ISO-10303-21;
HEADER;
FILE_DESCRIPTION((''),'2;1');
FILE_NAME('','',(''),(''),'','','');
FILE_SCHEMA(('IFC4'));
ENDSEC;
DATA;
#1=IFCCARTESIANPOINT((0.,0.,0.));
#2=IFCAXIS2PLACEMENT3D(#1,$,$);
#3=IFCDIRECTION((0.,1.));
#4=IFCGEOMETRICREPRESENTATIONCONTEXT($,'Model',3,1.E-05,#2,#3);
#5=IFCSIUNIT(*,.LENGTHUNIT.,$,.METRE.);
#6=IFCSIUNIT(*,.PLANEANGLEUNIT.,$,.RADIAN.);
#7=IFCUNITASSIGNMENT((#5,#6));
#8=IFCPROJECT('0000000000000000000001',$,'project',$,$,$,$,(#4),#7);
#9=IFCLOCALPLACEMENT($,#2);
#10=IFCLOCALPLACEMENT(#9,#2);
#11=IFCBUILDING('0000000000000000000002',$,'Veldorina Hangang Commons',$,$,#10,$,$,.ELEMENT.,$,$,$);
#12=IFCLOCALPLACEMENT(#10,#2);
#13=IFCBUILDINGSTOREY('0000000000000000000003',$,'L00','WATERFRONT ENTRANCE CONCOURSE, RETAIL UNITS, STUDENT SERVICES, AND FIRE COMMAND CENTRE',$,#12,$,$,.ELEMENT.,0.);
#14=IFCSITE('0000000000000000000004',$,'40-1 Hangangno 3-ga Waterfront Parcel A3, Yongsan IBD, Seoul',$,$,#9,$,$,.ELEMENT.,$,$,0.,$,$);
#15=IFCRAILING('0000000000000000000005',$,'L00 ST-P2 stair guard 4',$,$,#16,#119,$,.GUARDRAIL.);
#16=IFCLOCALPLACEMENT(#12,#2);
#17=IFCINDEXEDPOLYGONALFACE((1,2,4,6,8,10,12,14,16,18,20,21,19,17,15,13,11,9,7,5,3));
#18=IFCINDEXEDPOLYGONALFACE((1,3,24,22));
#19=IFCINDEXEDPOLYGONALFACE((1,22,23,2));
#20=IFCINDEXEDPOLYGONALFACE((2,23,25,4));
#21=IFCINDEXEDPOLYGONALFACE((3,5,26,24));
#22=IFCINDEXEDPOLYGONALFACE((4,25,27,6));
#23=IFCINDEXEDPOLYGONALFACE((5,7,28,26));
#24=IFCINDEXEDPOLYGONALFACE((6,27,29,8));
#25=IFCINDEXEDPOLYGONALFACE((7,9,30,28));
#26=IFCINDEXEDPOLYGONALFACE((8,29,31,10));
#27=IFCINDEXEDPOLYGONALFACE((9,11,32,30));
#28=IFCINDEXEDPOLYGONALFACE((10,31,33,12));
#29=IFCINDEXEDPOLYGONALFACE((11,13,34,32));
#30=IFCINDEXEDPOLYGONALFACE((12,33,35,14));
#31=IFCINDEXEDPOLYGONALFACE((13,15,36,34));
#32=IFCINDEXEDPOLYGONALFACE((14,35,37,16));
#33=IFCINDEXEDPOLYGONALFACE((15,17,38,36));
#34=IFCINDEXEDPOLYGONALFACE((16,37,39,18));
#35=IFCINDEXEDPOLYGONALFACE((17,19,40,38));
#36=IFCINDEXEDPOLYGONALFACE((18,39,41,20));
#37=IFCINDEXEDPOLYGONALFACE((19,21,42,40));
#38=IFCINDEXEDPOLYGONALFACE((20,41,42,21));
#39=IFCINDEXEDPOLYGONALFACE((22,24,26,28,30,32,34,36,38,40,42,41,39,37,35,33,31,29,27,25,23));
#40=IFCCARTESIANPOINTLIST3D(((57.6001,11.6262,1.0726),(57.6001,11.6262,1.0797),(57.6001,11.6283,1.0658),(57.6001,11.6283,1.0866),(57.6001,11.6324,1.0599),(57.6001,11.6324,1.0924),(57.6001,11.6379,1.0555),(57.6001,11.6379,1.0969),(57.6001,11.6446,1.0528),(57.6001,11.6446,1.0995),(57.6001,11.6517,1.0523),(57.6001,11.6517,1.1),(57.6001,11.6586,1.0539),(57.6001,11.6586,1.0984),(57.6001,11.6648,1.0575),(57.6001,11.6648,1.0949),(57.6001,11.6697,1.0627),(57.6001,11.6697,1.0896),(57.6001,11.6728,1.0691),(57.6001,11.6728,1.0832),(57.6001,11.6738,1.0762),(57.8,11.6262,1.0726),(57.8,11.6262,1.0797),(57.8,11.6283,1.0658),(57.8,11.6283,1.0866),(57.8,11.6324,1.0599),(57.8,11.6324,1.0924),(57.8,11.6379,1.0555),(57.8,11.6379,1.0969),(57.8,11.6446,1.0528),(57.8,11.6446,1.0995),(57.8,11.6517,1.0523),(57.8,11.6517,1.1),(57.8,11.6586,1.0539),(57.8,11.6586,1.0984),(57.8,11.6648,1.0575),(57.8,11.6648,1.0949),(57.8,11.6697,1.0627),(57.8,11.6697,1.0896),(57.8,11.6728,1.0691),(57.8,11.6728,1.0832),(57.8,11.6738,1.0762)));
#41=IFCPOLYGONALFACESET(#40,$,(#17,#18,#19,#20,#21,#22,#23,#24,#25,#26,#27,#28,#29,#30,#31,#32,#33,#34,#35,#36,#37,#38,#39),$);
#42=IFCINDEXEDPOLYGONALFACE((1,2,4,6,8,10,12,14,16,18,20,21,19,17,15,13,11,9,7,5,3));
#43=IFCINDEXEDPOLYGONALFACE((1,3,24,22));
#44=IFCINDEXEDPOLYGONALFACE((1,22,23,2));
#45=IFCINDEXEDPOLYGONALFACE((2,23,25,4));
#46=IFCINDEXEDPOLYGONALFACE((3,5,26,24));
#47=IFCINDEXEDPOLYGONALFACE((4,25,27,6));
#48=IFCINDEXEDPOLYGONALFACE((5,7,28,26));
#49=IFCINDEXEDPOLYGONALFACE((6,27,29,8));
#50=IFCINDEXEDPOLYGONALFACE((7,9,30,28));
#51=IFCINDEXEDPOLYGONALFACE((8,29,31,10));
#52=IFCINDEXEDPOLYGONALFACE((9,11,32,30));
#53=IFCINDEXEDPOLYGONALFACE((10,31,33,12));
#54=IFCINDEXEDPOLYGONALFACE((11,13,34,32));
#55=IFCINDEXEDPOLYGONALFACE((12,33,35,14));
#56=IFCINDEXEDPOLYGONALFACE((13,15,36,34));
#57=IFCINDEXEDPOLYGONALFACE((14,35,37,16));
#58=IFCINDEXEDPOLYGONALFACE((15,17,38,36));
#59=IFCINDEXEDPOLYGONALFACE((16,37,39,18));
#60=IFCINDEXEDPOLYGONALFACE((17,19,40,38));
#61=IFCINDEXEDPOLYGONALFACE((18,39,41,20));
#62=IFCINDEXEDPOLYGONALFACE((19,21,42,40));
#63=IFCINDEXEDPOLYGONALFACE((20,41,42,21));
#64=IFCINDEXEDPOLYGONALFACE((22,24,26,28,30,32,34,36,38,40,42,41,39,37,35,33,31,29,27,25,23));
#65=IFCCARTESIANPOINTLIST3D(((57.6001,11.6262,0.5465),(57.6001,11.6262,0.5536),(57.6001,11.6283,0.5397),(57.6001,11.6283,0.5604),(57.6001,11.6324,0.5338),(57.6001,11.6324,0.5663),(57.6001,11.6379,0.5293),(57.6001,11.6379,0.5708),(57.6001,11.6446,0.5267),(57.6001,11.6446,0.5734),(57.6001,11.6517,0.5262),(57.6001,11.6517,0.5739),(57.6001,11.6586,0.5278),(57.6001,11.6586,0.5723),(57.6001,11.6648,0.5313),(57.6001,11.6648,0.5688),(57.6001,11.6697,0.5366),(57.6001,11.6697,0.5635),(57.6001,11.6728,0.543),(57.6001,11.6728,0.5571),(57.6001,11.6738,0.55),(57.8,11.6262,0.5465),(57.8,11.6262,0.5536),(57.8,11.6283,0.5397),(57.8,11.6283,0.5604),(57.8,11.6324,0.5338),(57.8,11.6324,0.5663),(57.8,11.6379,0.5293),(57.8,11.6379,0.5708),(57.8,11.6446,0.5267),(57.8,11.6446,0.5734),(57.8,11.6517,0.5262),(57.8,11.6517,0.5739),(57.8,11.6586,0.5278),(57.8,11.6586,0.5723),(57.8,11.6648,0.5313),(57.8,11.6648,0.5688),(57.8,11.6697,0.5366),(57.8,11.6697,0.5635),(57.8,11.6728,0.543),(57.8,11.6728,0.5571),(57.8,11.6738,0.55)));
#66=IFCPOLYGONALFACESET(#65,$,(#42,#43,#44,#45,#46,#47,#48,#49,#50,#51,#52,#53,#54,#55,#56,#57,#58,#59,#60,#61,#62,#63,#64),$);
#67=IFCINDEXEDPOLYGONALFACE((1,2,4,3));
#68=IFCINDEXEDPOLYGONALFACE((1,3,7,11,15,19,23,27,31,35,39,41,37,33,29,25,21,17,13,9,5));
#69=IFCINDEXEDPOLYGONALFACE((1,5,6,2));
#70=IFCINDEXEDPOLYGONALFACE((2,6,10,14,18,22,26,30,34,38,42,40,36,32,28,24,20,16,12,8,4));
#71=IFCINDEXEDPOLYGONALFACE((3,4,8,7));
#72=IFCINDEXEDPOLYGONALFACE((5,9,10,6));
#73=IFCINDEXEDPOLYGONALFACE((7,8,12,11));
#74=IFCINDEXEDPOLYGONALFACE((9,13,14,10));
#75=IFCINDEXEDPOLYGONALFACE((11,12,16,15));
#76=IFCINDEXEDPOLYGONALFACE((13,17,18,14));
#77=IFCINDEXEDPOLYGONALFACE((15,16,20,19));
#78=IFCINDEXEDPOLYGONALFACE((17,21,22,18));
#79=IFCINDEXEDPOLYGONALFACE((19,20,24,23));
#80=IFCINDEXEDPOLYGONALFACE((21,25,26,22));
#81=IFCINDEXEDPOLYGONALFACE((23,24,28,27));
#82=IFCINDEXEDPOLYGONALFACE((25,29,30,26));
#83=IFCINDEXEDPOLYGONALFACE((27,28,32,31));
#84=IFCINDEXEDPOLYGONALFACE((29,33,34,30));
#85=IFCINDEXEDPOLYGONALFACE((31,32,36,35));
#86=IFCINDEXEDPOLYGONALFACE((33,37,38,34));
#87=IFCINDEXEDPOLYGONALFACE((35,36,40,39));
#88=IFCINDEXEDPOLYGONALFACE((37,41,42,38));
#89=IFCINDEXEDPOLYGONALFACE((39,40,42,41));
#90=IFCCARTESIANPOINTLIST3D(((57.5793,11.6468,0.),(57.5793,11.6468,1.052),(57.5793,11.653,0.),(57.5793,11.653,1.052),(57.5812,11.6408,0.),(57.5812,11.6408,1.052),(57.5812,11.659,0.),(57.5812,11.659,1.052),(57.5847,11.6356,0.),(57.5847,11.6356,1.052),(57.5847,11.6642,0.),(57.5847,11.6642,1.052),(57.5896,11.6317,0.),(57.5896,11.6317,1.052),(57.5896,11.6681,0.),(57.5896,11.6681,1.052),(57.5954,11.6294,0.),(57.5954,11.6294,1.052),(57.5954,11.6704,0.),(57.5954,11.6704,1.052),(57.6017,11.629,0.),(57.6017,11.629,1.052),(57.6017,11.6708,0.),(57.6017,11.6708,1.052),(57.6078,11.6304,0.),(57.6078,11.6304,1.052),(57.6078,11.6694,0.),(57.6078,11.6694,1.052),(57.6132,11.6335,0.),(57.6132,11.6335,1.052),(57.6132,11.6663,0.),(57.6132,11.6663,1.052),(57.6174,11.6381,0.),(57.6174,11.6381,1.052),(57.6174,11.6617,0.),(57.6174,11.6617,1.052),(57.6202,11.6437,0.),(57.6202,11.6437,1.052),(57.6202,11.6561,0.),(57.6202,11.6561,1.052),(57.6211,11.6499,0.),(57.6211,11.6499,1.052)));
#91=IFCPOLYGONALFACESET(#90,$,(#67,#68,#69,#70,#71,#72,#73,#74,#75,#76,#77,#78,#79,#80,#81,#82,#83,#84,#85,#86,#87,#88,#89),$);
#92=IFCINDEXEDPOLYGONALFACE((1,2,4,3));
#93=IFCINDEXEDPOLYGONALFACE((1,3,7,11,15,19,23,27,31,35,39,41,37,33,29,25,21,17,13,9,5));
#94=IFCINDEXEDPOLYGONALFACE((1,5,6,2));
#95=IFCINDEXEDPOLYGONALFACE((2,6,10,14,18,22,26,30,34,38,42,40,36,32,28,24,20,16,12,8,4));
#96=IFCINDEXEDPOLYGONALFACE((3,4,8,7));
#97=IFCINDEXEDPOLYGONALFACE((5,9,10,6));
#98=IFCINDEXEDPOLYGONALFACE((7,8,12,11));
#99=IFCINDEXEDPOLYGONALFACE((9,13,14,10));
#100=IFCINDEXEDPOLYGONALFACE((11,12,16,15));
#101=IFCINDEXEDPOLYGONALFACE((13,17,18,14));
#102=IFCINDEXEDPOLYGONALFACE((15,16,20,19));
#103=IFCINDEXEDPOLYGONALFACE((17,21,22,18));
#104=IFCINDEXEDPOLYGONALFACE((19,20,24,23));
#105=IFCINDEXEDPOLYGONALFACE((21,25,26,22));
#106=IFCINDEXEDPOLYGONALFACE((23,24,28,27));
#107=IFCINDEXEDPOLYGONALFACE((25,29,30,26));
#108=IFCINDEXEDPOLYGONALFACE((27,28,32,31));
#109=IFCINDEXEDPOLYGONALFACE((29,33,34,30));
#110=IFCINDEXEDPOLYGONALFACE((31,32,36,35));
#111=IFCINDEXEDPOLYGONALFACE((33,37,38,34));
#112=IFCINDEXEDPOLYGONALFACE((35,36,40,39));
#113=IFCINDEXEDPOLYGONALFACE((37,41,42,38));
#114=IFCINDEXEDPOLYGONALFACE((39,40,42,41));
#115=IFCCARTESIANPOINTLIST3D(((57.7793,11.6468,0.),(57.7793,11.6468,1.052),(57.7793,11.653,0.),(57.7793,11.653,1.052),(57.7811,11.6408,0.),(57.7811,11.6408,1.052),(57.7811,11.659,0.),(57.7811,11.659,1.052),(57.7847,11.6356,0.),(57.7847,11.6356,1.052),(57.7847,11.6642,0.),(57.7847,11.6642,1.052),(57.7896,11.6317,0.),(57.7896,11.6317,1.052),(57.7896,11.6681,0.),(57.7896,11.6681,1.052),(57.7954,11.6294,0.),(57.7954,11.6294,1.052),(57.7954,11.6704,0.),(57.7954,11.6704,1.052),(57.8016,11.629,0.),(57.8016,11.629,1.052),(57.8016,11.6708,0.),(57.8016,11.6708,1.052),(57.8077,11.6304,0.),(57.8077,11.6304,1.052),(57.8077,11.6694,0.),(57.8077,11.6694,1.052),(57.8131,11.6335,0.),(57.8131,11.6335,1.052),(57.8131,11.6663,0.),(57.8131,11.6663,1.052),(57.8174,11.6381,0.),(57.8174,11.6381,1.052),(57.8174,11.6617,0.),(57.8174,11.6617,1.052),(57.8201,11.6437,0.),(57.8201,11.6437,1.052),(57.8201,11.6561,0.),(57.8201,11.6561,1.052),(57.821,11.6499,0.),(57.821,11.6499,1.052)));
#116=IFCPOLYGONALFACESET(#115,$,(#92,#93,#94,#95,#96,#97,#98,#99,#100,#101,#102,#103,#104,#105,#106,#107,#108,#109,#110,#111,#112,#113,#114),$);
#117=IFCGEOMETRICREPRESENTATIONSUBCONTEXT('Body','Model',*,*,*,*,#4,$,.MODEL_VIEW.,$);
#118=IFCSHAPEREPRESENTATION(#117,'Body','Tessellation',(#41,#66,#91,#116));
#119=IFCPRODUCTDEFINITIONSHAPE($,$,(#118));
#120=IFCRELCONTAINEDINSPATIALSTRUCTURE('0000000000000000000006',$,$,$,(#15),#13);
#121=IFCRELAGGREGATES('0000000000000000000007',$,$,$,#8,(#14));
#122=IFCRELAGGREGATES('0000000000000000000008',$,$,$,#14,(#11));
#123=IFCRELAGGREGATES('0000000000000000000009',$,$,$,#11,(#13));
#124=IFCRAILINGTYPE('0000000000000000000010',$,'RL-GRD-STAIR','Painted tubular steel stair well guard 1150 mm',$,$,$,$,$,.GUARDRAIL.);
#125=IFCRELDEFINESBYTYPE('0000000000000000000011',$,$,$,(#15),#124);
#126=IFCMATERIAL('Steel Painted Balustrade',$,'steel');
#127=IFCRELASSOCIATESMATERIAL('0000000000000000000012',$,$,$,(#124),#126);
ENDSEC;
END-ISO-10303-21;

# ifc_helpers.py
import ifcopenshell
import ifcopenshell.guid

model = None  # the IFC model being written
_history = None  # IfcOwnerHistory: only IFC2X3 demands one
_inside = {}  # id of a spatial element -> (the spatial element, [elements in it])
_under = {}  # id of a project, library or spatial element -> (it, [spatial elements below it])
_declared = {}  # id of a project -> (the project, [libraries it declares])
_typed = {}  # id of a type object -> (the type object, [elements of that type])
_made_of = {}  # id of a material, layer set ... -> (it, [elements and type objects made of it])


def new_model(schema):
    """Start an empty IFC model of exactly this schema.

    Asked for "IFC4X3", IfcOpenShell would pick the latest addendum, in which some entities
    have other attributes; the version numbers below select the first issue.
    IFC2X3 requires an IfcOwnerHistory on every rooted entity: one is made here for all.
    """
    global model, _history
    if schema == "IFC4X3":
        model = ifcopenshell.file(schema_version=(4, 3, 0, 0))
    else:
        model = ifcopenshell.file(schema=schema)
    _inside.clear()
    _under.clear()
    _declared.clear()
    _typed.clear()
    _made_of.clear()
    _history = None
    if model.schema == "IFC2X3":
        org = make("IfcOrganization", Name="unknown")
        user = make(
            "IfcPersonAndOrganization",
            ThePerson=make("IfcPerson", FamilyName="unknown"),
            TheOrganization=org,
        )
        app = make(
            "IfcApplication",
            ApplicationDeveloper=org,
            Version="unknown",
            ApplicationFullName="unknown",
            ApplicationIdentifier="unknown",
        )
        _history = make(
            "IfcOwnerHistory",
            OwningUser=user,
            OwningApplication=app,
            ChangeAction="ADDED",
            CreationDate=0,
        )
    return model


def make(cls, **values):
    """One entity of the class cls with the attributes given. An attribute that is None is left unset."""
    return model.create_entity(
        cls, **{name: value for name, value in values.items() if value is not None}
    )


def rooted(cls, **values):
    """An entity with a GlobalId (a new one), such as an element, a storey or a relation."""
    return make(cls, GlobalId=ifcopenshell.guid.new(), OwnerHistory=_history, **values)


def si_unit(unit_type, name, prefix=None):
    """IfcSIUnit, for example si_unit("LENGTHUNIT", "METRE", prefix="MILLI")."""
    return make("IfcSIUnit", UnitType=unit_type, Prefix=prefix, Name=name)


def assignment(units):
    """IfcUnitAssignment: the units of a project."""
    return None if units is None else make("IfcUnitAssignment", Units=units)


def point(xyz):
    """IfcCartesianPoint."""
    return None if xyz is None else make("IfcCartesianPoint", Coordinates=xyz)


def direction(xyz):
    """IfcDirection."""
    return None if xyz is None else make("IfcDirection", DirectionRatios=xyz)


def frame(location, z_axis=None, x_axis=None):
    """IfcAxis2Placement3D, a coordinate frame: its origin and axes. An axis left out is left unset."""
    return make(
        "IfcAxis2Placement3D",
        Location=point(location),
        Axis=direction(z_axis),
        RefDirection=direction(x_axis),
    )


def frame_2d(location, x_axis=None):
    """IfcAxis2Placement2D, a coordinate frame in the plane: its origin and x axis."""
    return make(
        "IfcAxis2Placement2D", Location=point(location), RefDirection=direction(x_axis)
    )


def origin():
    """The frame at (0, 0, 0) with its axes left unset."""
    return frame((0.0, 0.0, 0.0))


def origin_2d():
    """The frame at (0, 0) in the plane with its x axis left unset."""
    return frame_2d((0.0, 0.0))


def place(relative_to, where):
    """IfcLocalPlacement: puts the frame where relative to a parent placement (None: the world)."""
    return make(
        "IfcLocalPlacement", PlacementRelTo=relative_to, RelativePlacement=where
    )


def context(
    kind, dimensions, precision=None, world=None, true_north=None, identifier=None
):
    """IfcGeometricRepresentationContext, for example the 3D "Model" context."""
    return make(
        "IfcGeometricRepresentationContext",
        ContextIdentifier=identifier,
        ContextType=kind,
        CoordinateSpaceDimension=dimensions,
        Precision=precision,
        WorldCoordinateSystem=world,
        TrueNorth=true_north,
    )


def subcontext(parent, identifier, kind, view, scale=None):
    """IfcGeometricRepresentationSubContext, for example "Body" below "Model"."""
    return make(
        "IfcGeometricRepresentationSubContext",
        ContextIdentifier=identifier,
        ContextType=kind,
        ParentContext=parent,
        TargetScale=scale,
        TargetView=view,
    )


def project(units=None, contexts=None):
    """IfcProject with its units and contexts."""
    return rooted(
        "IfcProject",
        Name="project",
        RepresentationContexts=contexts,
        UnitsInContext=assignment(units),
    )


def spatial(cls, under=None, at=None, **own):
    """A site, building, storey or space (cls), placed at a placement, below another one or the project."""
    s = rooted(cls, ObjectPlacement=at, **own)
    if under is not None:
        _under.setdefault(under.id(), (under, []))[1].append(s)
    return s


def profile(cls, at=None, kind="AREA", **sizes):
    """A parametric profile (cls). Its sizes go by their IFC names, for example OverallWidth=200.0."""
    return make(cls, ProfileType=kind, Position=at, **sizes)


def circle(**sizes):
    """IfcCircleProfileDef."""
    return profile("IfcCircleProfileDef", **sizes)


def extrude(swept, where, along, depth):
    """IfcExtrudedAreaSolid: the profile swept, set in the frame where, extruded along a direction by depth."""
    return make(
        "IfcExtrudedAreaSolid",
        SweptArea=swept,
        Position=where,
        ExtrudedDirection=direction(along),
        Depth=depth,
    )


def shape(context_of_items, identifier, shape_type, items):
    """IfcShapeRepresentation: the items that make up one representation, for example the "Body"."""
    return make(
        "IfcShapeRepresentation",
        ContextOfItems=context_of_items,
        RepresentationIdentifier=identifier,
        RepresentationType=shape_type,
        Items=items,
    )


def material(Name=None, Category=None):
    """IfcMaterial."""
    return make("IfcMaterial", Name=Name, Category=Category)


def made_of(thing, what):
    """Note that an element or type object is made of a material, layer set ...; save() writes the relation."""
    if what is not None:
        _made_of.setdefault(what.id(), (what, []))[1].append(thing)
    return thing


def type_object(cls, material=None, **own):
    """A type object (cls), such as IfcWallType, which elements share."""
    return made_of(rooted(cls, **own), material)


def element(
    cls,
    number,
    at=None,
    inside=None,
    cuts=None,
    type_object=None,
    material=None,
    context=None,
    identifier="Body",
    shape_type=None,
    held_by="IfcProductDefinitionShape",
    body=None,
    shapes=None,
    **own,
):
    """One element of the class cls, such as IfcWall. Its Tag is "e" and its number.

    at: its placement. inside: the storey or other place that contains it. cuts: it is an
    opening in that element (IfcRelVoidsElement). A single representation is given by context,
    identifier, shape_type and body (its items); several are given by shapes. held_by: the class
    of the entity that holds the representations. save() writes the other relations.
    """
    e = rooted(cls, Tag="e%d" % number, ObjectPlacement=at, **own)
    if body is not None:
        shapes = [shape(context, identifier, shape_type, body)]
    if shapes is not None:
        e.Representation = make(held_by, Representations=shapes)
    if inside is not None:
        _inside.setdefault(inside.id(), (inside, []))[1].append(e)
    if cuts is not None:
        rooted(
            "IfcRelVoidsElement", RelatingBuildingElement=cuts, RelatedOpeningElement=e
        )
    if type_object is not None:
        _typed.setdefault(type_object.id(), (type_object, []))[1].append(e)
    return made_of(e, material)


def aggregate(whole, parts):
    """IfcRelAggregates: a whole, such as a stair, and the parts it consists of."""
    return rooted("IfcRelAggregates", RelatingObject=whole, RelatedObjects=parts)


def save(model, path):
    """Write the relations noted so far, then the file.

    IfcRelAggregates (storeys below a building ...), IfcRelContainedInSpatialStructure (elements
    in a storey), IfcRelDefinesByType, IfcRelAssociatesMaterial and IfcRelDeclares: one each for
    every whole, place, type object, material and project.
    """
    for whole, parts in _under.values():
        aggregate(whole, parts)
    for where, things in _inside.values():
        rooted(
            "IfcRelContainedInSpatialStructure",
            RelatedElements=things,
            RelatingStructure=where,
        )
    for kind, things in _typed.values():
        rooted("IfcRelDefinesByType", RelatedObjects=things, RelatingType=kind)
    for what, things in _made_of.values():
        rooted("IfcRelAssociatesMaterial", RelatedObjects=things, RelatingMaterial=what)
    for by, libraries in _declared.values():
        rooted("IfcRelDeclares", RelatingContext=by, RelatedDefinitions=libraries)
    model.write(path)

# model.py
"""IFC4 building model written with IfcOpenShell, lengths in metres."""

from ifc_helpers import new_model, si_unit, direction, frame, origin, origin_2d, place, context, subcontext, project, spatial, circle, extrude, material, type_object, element, save


model = new_model("IFC4")

# Units and contexts
model_context = context("Model", 3, precision=1e-05, world=origin(), true_north=direction((0.0, 1.0)))
body_context = subcontext(model_context, "Body", "Model", "MODEL_VIEW")
ifc_project = project(units=[si_unit("LENGTHUNIT", "METRE"), si_unit("PLANEANGLEUNIT", "RADIAN")], contexts=[model_context])

# Site, building, storey
site_placement = place(None, origin())
site = spatial("IfcSite", under=ifc_project, at=site_placement, Name="40-1 Hangangno 3-ga Waterfront Parcel A3, Yongsan IBD, Seoul", CompositionType="ELEMENT", RefElevation=0.0)
building_placement = place(site_placement, origin())
building = spatial("IfcBuilding", under=site, at=building_placement, Name="Veldorina Hangang Commons", CompositionType="ELEMENT")
storey_placement = place(building_placement, origin())
storey = spatial("IfcBuildingStorey", under=building, at=storey_placement, Name="L00", Description="WATERFRONT ENTRANCE CONCOURSE, RETAIL UNITS, STUDENT SERVICES, AND FIRE COMMAND CENTRE", CompositionType="ELEMENT", Elevation=0.0)

# Railing
ifc_material_1 = material(Name="Steel Painted Balustrade", Category="steel")
railing_type_1 = type_object("IfcRailingType", Name="RL-GRD-STAIR", Description="Painted tubular steel stair well guard 1150 mm", PredefinedType="GUARDRAIL", material=ifc_material_1)
railing_1_placement = place(storey_placement, frame((57.6001, 11.6499, 0.0)))
element("IfcRailing", 1, at=railing_1_placement, inside=storey, type_object=railing_type_1, Name="L00 ST-P2 stair guard 4", PredefinedType="GUARDRAIL", context=body_context, shape_type="SweptSolid", body=[
    extrude(circle(Radius=0.0239, at=origin_2d()), frame((0.0, 0.0, 1.0762), z_axis=(1.0, 0.0, 0.0), x_axis=(0.0, 1.0, 0.0)), (0.0, 0.0, 1.0), 0.2),
    extrude(circle(Radius=0.0239, at=origin_2d()), frame((0.0, 0.0, 0.55), z_axis=(1.0, 0.0, 0.0), x_axis=(0.0, 1.0, 0.0)), (0.0, 0.0, 1.0), 0.2),
    extrude(circle(Radius=0.021, at=origin_2d()), origin(), (0.0, 0.0, 1.0), 1.052),
    extrude(circle(Radius=0.021, at=origin_2d()), frame((0.2, 0.0, 0.0)), (0.0, 0.0, 1.0), 1.052),
])

save(model, "model.ifc")
